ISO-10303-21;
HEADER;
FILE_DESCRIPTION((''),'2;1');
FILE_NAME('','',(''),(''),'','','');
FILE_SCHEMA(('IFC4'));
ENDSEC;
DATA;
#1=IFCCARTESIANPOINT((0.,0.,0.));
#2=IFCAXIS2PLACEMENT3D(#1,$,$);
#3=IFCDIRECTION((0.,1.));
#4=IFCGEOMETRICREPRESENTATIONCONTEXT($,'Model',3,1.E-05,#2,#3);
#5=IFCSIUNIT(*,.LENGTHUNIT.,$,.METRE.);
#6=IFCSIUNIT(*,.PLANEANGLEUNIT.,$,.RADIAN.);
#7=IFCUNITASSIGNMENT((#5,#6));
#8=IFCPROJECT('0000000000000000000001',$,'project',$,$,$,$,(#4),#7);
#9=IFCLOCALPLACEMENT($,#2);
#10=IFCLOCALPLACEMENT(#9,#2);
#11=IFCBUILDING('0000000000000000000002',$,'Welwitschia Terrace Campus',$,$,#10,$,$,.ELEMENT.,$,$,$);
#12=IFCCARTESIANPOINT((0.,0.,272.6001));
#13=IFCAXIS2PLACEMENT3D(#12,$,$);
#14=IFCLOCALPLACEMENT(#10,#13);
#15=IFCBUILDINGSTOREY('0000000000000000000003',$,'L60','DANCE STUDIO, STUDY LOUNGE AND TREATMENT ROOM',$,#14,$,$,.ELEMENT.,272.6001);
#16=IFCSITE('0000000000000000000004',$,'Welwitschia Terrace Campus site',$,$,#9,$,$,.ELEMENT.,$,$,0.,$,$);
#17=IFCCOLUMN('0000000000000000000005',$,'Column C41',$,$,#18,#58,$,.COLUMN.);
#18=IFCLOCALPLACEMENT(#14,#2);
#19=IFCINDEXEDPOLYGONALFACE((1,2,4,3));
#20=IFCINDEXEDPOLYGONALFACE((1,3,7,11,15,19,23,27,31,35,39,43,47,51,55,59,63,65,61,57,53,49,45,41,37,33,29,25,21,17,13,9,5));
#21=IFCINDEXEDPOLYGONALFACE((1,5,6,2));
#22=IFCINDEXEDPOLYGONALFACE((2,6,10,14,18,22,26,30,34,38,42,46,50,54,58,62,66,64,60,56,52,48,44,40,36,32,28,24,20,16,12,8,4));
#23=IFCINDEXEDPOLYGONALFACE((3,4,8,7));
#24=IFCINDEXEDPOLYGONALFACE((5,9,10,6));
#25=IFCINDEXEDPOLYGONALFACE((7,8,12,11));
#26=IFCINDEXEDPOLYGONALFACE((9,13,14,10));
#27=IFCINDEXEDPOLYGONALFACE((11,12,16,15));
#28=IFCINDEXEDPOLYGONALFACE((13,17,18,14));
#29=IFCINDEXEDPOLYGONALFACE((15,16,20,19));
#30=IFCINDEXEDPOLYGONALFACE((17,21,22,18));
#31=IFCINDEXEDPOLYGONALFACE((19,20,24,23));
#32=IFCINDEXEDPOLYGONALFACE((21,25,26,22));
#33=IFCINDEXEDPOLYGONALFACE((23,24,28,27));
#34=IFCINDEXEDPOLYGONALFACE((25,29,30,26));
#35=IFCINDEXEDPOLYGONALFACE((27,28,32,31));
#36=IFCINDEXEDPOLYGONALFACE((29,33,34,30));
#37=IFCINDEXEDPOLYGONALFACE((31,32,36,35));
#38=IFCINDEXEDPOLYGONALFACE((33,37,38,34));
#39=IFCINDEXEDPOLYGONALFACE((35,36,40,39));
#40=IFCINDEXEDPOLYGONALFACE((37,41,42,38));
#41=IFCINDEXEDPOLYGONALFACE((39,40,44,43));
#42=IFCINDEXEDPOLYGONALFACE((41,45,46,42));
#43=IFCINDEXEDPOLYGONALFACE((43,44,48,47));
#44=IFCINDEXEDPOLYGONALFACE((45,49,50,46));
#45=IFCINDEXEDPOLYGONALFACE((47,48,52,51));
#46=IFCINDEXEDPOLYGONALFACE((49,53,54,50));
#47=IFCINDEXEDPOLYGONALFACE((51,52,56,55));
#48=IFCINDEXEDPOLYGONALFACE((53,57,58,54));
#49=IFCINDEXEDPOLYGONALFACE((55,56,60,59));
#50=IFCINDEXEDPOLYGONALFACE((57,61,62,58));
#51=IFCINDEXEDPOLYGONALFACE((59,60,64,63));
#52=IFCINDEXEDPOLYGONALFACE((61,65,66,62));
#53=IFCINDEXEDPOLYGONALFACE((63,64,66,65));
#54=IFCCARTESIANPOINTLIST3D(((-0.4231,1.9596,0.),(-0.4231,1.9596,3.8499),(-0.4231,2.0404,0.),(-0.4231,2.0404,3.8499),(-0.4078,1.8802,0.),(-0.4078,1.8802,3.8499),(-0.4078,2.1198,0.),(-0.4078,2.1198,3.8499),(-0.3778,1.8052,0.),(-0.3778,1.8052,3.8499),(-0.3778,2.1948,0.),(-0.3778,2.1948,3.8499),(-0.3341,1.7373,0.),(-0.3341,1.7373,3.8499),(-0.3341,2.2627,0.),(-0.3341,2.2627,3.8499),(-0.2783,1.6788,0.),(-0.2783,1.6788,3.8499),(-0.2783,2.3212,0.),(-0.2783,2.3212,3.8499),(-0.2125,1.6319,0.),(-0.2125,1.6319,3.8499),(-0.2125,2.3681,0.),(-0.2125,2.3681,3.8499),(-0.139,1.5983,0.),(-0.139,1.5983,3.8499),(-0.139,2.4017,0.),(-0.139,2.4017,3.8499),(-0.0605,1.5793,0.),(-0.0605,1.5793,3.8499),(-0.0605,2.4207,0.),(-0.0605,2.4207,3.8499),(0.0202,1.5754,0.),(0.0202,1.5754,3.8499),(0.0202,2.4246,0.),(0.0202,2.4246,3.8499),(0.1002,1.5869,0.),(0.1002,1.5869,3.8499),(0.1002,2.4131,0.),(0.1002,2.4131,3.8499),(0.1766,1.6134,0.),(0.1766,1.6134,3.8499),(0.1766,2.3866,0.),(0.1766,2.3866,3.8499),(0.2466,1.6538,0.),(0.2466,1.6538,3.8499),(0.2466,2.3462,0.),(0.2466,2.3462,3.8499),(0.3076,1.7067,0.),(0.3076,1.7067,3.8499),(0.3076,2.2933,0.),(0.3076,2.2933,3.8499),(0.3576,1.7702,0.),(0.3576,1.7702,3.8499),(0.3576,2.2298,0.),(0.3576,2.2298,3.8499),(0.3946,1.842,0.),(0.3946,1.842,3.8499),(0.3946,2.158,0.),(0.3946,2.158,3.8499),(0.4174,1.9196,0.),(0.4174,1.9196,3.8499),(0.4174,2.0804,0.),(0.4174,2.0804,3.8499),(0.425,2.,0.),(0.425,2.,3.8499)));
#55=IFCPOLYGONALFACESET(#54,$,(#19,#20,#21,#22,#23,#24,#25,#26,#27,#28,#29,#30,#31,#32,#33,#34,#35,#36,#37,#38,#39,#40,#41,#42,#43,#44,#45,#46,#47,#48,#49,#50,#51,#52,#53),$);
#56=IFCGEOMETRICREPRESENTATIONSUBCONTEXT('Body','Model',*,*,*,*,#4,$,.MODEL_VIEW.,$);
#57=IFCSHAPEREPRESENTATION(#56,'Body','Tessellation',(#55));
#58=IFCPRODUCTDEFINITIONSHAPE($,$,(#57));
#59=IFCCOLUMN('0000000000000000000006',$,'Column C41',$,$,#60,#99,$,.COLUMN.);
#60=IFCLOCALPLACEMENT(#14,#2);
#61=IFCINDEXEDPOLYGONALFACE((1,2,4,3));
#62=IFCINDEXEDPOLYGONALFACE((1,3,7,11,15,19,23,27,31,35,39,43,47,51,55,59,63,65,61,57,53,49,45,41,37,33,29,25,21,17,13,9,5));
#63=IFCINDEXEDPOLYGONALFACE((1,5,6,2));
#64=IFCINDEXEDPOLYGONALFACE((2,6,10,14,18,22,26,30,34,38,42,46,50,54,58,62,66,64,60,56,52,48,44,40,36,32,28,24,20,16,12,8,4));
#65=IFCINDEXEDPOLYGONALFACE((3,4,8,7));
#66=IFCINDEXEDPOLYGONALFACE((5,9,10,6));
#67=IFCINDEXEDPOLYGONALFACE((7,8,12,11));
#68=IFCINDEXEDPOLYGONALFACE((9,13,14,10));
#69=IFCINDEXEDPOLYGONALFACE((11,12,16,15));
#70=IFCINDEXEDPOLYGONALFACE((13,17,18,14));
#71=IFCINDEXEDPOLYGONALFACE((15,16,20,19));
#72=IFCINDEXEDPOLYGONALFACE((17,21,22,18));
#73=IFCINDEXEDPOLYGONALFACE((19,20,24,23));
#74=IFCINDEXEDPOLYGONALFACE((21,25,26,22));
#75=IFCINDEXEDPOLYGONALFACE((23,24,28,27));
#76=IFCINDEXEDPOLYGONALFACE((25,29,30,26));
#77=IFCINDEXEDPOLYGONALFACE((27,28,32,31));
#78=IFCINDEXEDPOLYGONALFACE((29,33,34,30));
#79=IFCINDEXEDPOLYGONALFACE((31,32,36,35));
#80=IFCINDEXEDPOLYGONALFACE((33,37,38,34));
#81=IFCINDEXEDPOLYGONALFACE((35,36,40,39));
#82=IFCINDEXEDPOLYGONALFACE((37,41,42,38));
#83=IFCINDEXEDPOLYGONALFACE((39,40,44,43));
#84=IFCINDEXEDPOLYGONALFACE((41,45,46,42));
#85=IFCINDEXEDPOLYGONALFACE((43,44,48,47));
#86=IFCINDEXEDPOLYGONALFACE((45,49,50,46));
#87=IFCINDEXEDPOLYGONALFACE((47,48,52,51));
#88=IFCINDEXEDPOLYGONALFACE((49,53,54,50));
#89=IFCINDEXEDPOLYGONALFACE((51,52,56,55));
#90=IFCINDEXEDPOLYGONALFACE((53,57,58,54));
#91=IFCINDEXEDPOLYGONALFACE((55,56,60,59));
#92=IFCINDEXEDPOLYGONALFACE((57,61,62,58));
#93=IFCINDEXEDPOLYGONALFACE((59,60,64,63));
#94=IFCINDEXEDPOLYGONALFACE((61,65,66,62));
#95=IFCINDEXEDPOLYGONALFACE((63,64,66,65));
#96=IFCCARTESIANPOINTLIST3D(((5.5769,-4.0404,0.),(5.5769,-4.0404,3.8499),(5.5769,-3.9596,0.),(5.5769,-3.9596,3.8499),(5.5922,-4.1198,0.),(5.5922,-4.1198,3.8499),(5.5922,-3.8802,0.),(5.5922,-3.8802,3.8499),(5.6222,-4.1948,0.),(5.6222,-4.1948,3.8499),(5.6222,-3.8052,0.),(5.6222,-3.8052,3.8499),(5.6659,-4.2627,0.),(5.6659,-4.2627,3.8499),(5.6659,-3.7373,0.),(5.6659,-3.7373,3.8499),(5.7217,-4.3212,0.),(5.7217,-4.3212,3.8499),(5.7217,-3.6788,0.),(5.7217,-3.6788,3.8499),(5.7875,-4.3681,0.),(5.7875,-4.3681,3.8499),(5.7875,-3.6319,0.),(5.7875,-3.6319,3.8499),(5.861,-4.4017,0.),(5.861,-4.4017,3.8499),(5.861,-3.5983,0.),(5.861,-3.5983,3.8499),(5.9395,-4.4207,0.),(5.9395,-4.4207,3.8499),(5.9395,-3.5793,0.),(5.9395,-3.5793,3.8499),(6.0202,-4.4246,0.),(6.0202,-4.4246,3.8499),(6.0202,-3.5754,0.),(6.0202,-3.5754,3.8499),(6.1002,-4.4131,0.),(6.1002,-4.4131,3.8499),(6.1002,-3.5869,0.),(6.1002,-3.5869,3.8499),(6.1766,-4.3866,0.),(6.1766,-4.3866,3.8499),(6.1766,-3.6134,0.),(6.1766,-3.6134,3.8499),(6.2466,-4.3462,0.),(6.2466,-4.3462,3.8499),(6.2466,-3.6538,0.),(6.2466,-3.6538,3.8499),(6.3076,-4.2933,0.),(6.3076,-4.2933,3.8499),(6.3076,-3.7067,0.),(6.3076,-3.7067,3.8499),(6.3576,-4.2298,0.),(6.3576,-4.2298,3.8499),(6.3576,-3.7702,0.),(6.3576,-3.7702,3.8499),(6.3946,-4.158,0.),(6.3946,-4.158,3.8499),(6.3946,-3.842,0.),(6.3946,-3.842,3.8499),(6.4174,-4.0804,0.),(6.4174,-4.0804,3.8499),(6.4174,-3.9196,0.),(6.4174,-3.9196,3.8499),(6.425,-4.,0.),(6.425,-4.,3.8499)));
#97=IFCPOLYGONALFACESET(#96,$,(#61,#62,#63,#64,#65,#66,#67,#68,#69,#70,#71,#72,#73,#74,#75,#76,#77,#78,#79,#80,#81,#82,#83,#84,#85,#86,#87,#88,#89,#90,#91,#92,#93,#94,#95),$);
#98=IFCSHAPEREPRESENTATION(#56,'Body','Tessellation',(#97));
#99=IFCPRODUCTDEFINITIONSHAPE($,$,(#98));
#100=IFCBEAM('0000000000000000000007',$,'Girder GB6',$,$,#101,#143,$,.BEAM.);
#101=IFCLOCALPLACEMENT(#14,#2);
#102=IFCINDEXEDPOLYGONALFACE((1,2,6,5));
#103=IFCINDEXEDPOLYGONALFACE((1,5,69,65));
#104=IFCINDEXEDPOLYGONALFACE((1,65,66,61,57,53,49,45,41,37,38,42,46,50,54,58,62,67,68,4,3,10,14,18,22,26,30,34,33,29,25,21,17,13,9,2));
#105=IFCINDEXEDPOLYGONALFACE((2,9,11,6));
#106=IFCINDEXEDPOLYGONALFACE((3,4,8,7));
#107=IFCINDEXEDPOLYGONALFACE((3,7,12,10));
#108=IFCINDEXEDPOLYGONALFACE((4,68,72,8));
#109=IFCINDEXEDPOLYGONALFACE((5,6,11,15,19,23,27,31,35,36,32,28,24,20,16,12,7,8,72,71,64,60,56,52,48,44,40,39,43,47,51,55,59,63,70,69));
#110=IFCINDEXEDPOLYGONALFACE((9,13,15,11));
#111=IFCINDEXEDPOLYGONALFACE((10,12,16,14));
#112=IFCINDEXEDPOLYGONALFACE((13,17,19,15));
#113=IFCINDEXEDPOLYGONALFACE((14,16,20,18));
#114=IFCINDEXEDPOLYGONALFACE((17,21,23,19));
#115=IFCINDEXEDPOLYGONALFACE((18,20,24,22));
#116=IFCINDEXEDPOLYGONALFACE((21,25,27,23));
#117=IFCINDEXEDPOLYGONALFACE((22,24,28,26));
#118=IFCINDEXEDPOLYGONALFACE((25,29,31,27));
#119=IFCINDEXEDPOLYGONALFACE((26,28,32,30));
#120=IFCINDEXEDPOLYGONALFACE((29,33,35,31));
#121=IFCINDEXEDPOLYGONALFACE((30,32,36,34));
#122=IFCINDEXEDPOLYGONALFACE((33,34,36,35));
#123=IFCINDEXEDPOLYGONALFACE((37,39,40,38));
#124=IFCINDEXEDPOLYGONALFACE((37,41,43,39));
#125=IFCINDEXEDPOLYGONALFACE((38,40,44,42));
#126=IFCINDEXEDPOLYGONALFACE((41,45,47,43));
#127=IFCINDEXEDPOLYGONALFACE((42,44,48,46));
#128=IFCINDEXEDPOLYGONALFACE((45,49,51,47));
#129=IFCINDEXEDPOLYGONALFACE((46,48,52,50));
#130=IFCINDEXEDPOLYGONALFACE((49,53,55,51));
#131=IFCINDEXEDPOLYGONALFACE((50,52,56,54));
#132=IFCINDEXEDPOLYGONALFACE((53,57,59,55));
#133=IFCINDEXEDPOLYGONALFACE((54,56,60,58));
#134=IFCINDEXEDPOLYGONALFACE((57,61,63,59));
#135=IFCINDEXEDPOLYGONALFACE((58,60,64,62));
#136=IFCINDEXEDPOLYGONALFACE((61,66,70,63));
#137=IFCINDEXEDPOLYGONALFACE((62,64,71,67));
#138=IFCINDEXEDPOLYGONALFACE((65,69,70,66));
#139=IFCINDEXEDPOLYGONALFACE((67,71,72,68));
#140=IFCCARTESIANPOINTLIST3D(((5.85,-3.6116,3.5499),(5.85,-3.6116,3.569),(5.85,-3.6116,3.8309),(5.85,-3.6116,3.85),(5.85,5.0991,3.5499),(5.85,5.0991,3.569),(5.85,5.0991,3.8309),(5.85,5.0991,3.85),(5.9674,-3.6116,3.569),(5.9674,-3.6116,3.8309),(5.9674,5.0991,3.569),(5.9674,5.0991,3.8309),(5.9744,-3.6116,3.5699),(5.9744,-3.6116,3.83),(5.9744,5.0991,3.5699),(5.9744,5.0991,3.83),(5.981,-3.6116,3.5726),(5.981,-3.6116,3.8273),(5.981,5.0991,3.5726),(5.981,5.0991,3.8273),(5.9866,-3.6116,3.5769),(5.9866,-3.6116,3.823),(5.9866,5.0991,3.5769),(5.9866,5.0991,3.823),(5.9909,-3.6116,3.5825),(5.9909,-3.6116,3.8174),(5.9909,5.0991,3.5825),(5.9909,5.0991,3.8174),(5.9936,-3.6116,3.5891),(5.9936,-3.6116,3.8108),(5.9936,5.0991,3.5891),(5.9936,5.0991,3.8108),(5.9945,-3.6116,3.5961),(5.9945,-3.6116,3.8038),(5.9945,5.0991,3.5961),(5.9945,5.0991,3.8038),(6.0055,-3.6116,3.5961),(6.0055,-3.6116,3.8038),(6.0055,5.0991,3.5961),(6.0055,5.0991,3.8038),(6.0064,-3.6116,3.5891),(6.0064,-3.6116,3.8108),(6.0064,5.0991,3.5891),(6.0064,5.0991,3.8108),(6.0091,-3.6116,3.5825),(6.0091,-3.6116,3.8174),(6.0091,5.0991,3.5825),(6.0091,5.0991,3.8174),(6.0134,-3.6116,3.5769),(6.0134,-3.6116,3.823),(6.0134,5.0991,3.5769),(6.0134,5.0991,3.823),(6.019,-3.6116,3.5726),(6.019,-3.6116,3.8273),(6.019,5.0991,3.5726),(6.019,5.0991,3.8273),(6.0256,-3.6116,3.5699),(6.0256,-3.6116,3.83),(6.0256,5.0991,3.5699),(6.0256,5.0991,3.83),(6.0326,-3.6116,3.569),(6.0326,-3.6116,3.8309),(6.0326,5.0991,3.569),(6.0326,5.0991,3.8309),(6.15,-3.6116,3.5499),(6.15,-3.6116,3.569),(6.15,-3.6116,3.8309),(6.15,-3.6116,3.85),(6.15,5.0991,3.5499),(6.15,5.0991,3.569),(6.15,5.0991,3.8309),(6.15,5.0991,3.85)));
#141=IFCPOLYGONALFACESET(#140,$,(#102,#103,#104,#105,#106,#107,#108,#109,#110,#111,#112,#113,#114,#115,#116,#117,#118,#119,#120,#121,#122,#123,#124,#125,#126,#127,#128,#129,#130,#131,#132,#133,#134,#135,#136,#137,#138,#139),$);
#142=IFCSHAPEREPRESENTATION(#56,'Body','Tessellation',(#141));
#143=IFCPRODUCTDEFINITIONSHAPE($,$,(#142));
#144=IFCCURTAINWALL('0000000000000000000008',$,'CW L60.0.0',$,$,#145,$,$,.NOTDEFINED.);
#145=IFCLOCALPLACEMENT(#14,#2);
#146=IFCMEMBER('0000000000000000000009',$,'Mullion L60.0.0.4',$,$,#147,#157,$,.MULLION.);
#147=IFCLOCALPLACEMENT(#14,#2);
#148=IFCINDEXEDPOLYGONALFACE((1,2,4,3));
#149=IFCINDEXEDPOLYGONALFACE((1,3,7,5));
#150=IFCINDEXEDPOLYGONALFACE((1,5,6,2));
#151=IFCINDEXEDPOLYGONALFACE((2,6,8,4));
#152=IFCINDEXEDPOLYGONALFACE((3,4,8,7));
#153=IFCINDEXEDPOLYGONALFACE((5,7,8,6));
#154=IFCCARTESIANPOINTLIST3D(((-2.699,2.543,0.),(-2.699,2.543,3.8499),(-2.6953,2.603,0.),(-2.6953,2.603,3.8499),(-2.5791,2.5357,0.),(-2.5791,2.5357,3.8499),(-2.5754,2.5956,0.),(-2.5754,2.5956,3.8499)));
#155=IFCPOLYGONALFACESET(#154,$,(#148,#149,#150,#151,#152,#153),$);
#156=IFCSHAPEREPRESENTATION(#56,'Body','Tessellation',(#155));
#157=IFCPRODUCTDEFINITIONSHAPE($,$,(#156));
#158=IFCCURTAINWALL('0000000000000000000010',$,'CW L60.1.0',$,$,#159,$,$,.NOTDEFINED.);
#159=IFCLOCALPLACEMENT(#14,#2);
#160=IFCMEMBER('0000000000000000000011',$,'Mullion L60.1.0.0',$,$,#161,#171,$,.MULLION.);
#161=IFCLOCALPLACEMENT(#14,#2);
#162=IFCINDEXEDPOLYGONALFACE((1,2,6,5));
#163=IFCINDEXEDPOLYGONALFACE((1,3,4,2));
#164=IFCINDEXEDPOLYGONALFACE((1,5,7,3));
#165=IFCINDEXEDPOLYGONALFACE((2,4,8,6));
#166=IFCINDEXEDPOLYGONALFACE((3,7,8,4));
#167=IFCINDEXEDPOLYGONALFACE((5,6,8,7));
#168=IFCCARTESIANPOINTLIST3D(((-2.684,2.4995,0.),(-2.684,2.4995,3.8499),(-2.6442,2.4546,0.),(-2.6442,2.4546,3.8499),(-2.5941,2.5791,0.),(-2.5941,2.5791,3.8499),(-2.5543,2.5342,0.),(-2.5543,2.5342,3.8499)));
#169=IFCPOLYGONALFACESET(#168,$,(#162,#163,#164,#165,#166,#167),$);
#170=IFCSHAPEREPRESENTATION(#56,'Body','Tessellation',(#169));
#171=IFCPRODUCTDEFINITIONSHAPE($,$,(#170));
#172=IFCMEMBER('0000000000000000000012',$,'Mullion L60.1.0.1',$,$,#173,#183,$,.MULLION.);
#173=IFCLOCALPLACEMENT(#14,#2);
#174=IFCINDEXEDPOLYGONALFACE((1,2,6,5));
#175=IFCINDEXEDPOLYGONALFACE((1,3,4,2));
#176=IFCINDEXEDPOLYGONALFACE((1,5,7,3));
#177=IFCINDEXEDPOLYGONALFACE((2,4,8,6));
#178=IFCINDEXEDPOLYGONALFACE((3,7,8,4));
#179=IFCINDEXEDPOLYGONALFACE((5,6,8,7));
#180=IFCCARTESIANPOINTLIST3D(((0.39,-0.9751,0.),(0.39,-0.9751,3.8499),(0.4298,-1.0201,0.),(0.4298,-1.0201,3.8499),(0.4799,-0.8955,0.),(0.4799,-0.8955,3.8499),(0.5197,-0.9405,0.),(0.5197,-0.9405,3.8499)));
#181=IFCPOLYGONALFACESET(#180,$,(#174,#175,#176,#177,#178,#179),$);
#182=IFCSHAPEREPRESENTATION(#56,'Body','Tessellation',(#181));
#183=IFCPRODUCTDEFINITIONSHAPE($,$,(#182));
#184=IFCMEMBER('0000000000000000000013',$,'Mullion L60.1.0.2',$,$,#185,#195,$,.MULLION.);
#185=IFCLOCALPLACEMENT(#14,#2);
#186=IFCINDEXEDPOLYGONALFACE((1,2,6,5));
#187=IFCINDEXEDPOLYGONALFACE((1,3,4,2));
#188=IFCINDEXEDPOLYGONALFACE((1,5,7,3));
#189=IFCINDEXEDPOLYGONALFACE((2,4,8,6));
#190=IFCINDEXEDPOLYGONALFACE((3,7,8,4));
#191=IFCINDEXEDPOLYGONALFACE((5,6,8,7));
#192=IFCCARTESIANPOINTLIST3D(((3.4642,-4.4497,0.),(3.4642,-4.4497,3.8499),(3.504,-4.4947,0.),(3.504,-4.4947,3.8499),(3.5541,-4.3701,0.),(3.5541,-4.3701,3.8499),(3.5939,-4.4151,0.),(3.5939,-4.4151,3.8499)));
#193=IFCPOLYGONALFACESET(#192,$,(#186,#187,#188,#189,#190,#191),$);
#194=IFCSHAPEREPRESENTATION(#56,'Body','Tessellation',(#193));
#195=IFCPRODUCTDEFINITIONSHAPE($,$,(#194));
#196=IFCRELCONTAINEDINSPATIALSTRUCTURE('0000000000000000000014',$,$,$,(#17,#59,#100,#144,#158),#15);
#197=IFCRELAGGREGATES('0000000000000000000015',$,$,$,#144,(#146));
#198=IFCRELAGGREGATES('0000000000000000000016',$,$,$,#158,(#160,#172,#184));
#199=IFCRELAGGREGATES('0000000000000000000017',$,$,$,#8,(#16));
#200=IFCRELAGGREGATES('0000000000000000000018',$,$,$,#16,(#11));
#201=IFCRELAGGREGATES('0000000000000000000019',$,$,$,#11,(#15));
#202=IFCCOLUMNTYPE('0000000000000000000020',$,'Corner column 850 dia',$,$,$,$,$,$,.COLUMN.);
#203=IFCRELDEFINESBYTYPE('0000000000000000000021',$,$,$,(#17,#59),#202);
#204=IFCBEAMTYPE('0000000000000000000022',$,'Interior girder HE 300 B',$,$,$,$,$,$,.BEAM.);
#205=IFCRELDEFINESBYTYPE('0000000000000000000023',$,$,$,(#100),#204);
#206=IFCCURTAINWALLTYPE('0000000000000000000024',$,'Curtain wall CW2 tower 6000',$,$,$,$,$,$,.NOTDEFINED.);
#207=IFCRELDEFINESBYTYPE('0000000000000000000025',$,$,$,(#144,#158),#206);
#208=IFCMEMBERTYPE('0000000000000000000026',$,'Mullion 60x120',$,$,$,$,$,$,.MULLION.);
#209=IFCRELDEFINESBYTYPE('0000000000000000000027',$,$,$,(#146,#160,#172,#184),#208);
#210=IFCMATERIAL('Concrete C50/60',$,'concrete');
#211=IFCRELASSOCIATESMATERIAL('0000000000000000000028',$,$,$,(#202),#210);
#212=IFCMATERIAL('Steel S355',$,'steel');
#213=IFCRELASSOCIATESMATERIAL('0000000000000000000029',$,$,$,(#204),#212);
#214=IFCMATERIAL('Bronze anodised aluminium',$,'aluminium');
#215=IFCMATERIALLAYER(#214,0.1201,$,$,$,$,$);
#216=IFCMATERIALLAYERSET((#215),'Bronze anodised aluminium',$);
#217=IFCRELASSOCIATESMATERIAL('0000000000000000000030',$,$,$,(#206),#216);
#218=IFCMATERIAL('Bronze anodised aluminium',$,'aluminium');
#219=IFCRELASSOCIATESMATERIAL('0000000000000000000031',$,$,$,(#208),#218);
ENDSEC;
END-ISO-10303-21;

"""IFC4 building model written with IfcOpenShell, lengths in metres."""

from ifc_helpers import new_model, si_unit, direction, frame, origin, origin_2d, place, context, subcontext, project, spatial, rectangle, circle, i_section, extrude, material, layer, layer_set, material_profile, profile_set, type_object, element, aggregate, save


model = new_model("IFC4")

# Units and contexts
model_context = context("Model", 3, precision=1e-05, world=origin(), true_north=direction((0.0, 1.0)))
body_context = subcontext(model_context, "Body", "Model", "MODEL_VIEW")
ifc_project = project(units=[si_unit("LENGTHUNIT", "METRE"), si_unit("PLANEANGLEUNIT", "RADIAN")], contexts=[model_context])

# Site, building, storey
site_placement = place(None, origin())
site = spatial("IfcSite", under=ifc_project, at=site_placement, Name="Welwitschia Terrace Campus site", CompositionType="ELEMENT", RefElevation=0.0)
building_placement = place(site_placement, origin())
building = spatial("IfcBuilding", under=site, at=building_placement, Name="Welwitschia Terrace Campus", CompositionType="ELEMENT")
storey_placement = place(building_placement, frame((0.0, 0.0, 272.6001)))
storey = spatial("IfcBuildingStorey", under=building, at=storey_placement, Name="L60", Description="DANCE STUDIO, STUDY LOUNGE AND TREATMENT ROOM", CompositionType="ELEMENT", Elevation=272.6001)

# Columns
ifc_material_1 = material(Name="Concrete C50/60", Category="concrete")
ifc_material_profile_1 = material_profile(ifc_material_1, circle(Radius=0.425, at=origin_2d()))
ifc_profile_set_1 = profile_set([ifc_material_profile_1], Name="Concrete C50/60")
column_type = type_object("IfcColumnType", Name="Corner column 850 dia", PredefinedType="COLUMN", material=ifc_profile_set_1)
for number, where, z_axis, x_axis, name in (
    (1, (0.0, 2.0, 0.0), (0.0, 0.0, 1.0), (1.0, 0.0, 0.0), "Column C41"),
    (2, (6.0, -4.0, 0.0), (0.0, 0.0, 1.0), (1.0, 0.0, 0.0), "Column C41"),
):
    element("IfcColumn", number, at=place(storey_placement, frame(where, z_axis=z_axis, x_axis=x_axis)), inside=storey, type_object=column_type, Name=name, PredefinedType="COLUMN", context=body_context, shape_type="SweptSolid", body=[
        extrude(circle(Radius=0.425, at=origin_2d()), origin(), (0.0, 0.0, 1.0), 3.8499),
    ])

# Beam
ifc_material_2 = material(Name="Steel S355", Category="steel")
ifc_material_profile_2 = material_profile(ifc_material_2, i_section(OverallWidth=0.3, OverallDepth=0.3, WebThickness=0.011, FlangeThickness=0.019, FilletRadius=0.0271, at=origin_2d()))
ifc_profile_set_2 = profile_set([ifc_material_profile_2], Name="Steel S355")
beam_type_1 = type_object("IfcBeamType", Name="Interior girder HE 300 B", PredefinedType="BEAM", material=ifc_profile_set_2)
beam_1_placement = place(storey_placement, frame((6.0, -3.6116, 3.7), z_axis=(0.0, 1.0, 0.0), x_axis=(-1.0, 0.0, 0.0)))
element("IfcBeam", 3, at=beam_1_placement, inside=storey, type_object=beam_type_1, Name="Girder GB6", PredefinedType="BEAM", context=body_context, shape_type="SweptSolid", body=[
    extrude(i_section(OverallWidth=0.3, OverallDepth=0.3, WebThickness=0.011, FlangeThickness=0.019, FilletRadius=0.0271, at=origin_2d()), origin(), (0.0, 0.0, 1.0), 8.7107),
])

# Curtain wall, member
ifc_material_3 = material(Name="Bronze anodised aluminium", Category="aluminium")
ifc_layer_1 = layer(ifc_material_3, 0.1201)
ifc_layer_set_1 = layer_set([ifc_layer_1], Name="Bronze anodised aluminium")
curtain_wall_type = type_object("IfcCurtainWallType", Name="Curtain wall CW2 tower 6000", PredefinedType="NOTDEFINED", material=ifc_layer_set_1)
curtain_wall_1_placement = place(storey_placement, origin())
curtain_wall_1 = element("IfcCurtainWall", 4, at=curtain_wall_1_placement, inside=storey, type_object=curtain_wall_type, Name="CW L60.0.0", PredefinedType="NOTDEFINED")
ifc_material_4 = material(Name="Bronze anodised aluminium", Category="aluminium")
ifc_material_profile_3 = material_profile(ifc_material_4, rectangle(XDim=0.1201, YDim=0.0601, at=origin_2d()))
ifc_profile_set_3 = profile_set([ifc_material_profile_3], Name="Bronze anodised aluminium")
member_type_1 = type_object("IfcMemberType", Name="Mullion 60x120", PredefinedType="MULLION", material=ifc_profile_set_3)
member_1_placement = place(storey_placement, frame((-2.6372, 2.5693, 0.0), z_axis=(0.0, 0.0, 1.0), x_axis=(0.998135, -0.061049, 0.0)))
member_1 = element("IfcMember", 5, at=member_1_placement, type_object=member_type_1, Name="Mullion L60.0.0.4", PredefinedType="MULLION", context=body_context, shape_type="SweptSolid", body=[
    extrude(rectangle(XDim=0.1201, YDim=0.0601, at=origin_2d()), origin(), (0.0, 0.0, 1.0), 3.8499),
])
aggregate(curtain_wall_1, [member_1])

# Curtain wall, members
curtain_wall_2_placement = place(storey_placement, origin())
curtain_wall_2 = element("IfcCurtainWall", 6, at=curtain_wall_2_placement, inside=storey, type_object=curtain_wall_type, Name="CW L60.1.0", PredefinedType="NOTDEFINED")
member_2_placement = place(storey_placement, frame((-2.6191, 2.5168, 0.0), z_axis=(0.0, 0.0, 1.0), x_axis=(0.748956, 0.66262, 0.0)))
member_2 = element("IfcMember", 7, at=member_2_placement, type_object=member_type_1, Name="Mullion L60.1.0.0", PredefinedType="MULLION", context=body_context, shape_type="SweptSolid", body=[
    extrude(rectangle(XDim=0.1201, YDim=0.0601, at=origin_2d()), origin(), (0.0, 0.0, 1.0), 3.8499),
])
member_3_placement = place(storey_placement, frame((0.4548, -0.9578, 0.0), z_axis=(0.0, 0.0, 1.0), x_axis=(0.748956, 0.66262, 0.0)))
member_3 = element("IfcMember", 8, at=member_3_placement, type_object=member_type_1, Name="Mullion L60.1.0.1", PredefinedType="MULLION", context=body_context, shape_type="SweptSolid", body=[
    extrude(rectangle(XDim=0.1201, YDim=0.0601, at=origin_2d()), origin(), (0.0, 0.0, 1.0), 3.8499),
])
member_4_placement = place(storey_placement, frame((3.5291, -4.4324, 0.0), z_axis=(0.0, 0.0, 1.0), x_axis=(0.748956, 0.66262, 0.0)))
member_4 = element("IfcMember", 9, at=member_4_placement, type_object=member_type_1, Name="Mullion L60.1.0.2", PredefinedType="MULLION", context=body_context, shape_type="SweptSolid", body=[
    extrude(rectangle(XDim=0.1201, YDim=0.0601, at=origin_2d()), origin(), (0.0, 0.0, 1.0), 3.8499),
])

aggregate(curtain_wall_2, [member_2, member_3, member_4])

save(model, "model.ifc")
